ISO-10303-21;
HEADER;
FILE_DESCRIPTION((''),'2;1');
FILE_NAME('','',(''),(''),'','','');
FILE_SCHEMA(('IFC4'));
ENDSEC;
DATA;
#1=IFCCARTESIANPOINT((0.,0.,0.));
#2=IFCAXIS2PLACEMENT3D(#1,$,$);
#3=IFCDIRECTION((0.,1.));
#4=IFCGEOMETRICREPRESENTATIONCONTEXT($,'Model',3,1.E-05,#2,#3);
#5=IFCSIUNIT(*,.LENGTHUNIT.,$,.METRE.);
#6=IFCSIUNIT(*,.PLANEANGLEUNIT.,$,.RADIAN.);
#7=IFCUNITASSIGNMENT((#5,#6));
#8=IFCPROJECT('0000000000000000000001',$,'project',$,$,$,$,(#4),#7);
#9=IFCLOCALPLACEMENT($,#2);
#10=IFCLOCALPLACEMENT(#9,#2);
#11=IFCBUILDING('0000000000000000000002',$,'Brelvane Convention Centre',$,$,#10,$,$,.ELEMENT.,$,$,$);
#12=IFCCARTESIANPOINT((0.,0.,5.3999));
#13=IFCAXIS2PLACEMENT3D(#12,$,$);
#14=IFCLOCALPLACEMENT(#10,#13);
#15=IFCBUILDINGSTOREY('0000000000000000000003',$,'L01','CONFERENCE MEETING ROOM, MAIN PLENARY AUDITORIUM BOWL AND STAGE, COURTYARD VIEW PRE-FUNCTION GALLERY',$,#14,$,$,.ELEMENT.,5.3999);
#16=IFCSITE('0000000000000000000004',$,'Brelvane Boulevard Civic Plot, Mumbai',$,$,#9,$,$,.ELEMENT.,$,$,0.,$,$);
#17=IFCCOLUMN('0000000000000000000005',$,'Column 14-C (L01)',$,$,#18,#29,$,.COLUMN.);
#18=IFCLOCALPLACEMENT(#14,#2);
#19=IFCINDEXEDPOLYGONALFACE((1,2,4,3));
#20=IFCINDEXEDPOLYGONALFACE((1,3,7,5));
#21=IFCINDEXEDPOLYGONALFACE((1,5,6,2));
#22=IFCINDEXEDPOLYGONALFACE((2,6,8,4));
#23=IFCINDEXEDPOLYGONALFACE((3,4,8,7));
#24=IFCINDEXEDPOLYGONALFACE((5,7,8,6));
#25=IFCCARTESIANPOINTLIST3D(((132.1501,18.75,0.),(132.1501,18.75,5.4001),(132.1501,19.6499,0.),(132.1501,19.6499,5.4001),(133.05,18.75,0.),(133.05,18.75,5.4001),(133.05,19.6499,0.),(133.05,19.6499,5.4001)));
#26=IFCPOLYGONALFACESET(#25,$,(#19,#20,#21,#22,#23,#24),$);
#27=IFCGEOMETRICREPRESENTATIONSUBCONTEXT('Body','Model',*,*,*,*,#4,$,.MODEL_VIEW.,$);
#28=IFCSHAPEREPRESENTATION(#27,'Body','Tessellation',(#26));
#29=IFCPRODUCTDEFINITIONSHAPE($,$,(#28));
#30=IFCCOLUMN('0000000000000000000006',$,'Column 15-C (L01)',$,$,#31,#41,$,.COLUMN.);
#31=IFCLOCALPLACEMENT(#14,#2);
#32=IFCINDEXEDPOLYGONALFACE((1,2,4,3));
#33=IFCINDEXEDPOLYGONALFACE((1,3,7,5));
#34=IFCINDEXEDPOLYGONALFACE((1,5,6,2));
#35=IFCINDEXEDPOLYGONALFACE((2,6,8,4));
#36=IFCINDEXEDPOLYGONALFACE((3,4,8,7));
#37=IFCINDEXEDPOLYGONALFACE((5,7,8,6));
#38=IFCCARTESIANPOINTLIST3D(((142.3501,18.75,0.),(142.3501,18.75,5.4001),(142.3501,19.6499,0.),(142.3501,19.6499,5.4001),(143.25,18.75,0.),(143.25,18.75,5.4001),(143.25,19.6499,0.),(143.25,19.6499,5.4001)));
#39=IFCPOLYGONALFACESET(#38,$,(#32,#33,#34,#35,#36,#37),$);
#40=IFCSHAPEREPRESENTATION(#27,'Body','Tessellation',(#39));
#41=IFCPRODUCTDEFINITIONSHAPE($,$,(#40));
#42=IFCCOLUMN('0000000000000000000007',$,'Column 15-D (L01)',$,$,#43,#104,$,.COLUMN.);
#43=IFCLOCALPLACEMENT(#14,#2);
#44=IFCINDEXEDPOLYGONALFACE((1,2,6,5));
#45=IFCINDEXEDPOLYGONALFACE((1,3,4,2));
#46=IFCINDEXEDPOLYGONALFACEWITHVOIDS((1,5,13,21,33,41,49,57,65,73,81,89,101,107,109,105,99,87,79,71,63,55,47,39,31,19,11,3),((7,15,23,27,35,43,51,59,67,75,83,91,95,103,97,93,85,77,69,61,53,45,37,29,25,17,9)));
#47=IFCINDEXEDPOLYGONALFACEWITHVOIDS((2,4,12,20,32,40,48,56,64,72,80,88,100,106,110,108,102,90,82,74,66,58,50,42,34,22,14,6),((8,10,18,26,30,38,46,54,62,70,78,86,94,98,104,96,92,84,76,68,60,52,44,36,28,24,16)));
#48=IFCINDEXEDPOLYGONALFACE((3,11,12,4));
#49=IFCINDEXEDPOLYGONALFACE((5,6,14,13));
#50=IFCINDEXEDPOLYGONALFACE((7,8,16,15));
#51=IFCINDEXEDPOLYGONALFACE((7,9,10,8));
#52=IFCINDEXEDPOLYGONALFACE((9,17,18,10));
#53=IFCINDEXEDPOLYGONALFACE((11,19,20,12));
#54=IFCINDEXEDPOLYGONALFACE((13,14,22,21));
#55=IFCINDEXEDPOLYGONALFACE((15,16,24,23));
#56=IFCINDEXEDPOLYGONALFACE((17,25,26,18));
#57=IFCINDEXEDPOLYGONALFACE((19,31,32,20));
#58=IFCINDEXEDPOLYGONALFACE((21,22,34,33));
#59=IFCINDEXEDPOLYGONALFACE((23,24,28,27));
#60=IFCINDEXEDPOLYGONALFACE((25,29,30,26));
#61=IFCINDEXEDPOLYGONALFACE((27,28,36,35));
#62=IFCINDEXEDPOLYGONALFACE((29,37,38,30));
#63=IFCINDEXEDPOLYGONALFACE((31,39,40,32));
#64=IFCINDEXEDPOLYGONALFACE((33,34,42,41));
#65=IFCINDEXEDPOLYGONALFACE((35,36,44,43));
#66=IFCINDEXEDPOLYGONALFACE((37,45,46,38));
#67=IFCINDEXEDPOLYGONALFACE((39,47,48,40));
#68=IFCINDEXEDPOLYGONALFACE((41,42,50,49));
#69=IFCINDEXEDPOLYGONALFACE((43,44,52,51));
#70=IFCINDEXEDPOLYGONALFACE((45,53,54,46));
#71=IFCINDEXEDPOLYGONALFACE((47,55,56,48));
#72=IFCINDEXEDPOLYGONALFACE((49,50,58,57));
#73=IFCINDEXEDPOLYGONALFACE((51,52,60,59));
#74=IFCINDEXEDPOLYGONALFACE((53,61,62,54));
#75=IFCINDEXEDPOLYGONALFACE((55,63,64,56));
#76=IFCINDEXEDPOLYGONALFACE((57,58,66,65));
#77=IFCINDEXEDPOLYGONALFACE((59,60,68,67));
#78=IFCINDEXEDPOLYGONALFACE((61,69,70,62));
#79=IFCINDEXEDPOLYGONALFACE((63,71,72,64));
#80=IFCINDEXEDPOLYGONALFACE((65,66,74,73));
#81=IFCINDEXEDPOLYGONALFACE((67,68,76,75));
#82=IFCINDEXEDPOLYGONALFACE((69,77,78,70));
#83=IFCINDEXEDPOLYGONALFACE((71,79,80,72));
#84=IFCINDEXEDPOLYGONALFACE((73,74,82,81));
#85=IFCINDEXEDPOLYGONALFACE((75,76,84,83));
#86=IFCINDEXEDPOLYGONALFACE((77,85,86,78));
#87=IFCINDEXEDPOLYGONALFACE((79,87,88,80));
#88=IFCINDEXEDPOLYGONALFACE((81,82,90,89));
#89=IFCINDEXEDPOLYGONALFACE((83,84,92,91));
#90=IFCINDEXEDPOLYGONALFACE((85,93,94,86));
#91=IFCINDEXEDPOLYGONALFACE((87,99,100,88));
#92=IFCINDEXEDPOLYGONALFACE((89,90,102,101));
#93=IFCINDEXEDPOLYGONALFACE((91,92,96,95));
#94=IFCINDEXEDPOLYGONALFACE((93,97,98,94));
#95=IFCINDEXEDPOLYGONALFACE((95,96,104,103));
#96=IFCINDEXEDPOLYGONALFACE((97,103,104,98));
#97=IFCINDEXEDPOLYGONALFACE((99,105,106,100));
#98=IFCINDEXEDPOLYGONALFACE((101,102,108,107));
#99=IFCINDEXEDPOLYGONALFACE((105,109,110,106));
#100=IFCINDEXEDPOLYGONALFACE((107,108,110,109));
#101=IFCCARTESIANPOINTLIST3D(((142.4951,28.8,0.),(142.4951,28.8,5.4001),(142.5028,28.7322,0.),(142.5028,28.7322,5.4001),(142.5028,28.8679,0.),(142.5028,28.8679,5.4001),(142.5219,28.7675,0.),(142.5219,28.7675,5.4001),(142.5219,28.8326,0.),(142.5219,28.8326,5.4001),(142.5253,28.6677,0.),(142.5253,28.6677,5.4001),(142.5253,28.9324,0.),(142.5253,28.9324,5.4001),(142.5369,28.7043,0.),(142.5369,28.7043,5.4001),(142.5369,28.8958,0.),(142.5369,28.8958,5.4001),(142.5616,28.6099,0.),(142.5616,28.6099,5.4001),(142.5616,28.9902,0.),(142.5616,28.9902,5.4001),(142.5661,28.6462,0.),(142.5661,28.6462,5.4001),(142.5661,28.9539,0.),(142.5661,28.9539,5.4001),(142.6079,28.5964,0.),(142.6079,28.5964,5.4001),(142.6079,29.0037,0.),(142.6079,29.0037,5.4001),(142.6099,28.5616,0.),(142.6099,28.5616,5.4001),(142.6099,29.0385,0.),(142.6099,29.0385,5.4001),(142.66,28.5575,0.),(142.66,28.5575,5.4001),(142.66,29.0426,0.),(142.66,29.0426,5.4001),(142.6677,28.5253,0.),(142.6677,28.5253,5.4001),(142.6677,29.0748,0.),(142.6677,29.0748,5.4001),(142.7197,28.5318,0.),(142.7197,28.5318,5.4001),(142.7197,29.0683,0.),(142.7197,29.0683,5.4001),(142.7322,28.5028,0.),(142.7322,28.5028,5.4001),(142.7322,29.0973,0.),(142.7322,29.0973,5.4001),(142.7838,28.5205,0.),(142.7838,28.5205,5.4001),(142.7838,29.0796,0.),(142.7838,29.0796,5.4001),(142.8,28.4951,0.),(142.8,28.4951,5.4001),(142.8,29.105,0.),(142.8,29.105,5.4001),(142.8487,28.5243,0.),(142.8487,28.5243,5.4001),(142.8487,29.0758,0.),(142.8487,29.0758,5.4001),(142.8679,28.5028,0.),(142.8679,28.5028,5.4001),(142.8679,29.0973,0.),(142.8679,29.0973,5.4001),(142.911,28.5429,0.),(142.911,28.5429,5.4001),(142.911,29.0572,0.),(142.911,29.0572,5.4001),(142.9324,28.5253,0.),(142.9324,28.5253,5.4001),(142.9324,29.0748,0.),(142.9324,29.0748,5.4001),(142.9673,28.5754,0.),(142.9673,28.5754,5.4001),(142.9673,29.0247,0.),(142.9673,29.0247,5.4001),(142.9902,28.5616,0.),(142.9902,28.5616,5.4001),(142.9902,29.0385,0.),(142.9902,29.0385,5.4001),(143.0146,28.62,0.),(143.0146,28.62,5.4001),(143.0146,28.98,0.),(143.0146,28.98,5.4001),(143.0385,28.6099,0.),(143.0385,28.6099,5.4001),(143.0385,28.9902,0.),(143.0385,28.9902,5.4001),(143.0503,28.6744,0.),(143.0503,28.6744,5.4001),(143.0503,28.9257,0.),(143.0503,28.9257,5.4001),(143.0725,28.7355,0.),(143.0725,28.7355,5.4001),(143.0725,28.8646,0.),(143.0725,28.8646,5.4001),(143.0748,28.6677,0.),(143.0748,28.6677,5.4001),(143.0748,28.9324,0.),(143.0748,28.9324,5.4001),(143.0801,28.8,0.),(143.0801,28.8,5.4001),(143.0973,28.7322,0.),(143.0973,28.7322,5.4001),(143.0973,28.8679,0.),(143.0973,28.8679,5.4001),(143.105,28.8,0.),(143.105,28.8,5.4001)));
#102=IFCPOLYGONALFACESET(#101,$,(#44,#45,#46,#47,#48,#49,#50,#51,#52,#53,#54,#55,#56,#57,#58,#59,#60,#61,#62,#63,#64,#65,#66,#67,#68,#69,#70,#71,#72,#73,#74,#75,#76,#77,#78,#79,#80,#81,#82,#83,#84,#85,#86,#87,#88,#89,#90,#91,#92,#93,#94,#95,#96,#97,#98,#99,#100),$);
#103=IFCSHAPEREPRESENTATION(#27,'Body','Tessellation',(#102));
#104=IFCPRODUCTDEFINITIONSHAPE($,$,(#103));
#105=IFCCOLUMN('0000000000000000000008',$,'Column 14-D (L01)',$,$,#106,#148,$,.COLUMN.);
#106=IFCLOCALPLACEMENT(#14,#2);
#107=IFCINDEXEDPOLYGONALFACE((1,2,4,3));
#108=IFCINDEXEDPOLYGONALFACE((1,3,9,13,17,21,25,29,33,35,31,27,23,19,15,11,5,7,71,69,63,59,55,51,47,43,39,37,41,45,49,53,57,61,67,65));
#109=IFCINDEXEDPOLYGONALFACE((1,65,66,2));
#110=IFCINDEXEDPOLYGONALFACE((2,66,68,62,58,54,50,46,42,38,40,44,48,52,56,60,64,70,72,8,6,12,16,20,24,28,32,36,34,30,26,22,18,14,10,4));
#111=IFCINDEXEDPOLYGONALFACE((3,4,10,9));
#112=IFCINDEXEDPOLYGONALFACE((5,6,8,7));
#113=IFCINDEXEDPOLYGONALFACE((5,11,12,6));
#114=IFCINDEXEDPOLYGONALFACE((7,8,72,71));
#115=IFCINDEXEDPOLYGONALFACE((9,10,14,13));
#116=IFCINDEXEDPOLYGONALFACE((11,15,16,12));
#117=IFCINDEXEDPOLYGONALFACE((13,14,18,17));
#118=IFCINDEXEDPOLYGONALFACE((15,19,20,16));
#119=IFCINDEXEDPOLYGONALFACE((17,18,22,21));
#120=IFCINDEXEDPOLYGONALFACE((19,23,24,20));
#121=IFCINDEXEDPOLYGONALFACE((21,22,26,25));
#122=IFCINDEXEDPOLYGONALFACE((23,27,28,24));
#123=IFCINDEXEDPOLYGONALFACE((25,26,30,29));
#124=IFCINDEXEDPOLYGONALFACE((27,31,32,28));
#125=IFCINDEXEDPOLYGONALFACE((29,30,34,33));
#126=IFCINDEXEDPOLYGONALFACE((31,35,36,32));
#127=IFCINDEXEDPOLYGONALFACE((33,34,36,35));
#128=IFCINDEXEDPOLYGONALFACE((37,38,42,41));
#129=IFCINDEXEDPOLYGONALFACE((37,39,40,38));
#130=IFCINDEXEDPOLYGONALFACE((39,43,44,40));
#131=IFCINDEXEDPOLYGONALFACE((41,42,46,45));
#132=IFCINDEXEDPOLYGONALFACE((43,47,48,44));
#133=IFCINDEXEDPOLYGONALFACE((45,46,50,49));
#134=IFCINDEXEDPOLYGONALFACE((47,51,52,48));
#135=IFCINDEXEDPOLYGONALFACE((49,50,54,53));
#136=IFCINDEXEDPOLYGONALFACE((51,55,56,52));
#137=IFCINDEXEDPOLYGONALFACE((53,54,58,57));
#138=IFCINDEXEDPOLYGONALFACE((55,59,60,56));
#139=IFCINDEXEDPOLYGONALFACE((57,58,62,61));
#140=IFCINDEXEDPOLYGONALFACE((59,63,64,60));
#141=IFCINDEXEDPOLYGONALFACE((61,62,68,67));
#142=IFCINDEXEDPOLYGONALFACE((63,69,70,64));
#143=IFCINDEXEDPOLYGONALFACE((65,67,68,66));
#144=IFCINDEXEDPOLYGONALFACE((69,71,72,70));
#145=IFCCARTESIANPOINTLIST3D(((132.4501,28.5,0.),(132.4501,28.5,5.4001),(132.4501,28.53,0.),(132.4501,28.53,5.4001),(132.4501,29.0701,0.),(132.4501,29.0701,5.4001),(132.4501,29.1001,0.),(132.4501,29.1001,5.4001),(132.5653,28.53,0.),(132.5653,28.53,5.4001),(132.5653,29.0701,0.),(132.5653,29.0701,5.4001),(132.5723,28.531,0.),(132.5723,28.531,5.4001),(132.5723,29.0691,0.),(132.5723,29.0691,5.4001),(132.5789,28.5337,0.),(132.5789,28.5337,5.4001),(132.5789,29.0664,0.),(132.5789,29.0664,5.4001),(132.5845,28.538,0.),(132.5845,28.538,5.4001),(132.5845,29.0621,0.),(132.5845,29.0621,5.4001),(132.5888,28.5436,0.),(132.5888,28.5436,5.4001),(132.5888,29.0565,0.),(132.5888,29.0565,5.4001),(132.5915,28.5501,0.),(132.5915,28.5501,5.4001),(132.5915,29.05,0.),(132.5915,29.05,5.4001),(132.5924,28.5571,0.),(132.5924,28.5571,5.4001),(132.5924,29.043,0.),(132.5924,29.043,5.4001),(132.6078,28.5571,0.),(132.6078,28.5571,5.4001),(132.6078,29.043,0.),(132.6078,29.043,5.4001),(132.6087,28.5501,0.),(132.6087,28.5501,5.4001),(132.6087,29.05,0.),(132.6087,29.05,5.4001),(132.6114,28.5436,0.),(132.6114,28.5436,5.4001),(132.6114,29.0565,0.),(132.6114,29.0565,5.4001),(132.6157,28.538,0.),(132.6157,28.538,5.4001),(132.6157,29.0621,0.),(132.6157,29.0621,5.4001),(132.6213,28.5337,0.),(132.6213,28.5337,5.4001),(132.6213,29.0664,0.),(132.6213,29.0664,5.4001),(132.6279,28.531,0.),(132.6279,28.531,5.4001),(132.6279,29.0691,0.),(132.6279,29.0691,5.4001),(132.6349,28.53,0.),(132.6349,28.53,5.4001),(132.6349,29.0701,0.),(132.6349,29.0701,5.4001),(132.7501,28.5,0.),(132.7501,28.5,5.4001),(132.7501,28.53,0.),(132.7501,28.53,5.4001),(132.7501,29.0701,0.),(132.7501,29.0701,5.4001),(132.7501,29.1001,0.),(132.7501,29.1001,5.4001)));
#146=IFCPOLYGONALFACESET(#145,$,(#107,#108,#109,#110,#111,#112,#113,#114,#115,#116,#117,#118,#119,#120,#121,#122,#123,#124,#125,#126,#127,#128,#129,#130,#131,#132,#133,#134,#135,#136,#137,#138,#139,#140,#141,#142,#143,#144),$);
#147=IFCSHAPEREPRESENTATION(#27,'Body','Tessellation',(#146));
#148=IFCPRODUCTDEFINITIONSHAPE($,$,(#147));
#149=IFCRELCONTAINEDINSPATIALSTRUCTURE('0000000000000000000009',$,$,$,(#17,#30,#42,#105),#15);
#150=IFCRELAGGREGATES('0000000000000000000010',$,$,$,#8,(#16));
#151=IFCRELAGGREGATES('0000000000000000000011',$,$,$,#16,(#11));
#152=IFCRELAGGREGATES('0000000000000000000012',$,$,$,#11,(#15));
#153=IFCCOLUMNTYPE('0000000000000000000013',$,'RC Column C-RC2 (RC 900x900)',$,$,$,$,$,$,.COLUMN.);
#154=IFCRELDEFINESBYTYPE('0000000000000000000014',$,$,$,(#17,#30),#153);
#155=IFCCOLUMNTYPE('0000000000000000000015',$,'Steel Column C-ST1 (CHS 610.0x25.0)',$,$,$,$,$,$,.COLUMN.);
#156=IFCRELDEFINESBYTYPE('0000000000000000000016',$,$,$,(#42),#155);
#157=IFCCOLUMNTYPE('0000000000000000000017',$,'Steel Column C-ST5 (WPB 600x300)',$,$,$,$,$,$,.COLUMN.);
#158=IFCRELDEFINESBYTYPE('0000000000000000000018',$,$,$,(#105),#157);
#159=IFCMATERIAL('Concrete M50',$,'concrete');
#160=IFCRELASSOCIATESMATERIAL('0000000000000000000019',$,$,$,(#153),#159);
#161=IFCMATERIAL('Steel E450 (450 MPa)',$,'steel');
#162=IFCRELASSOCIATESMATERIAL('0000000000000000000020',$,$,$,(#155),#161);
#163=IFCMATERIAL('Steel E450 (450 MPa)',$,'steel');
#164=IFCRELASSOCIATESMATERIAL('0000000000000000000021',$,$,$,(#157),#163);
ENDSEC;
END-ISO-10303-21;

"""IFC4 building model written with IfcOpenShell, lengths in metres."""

from ifc_helpers import new_model, si_unit, direction, frame, origin, origin_2d, place, context, subcontext, project, spatial, rectangle, hollow_circle, i_section, extrude, material, material_profile, profile_set, type_object, element, save


model = new_model("IFC4")

# Units and contexts
model_context = context("Model", 3, precision=1e-05, world=origin(), true_north=direction((0.0, 1.0)))
body_context = subcontext(model_context, "Body", "Model", "MODEL_VIEW")
ifc_project = project(units=[si_unit("LENGTHUNIT", "METRE"), si_unit("PLANEANGLEUNIT", "RADIAN")], contexts=[model_context])

# Site, building, storey
site_placement = place(None, origin())
site = spatial("IfcSite", under=ifc_project, at=site_placement, Name="Brelvane Boulevard Civic Plot, Mumbai", CompositionType="ELEMENT", RefElevation=0.0)
building_placement = place(site_placement, origin())
building = spatial("IfcBuilding", under=site, at=building_placement, Name="Brelvane Convention Centre", CompositionType="ELEMENT")
storey_placement = place(building_placement, frame((0.0, 0.0, 5.3999)))
storey = spatial("IfcBuildingStorey", under=building, at=storey_placement, Name="L01", Description="CONFERENCE MEETING ROOM, MAIN PLENARY AUDITORIUM BOWL AND STAGE, COURTYARD VIEW PRE-FUNCTION GALLERY", CompositionType="ELEMENT", Elevation=5.3999)

# Columns
ifc_material_1 = material(Name="Concrete M50", Category="concrete")
ifc_material_profile_1 = material_profile(ifc_material_1, rectangle(XDim=0.8999, YDim=0.8999, at=origin_2d()), Name="RC 900x900")
ifc_profile_set_1 = profile_set([ifc_material_profile_1], Name="Concrete M50")
column_type_1 = type_object("IfcColumnType", Name="RC Column C-RC2 (RC 900x900)", PredefinedType="COLUMN", material=ifc_profile_set_1)
for number, where, z_axis, x_axis, name in (
    (1, (132.6001, 19.2, 0.0), (0.0, 0.0, 1.0), (1.0, 0.0, 0.0), "Column 14-C (L01)"),
    (2, (142.8, 19.2, 0.0), (0.0, 0.0, 1.0), (1.0, 0.0, 0.0), "Column 15-C (L01)"),
):
    element("IfcColumn", number, at=place(storey_placement, frame(where, z_axis=z_axis, x_axis=x_axis)), inside=storey, type_object=column_type_1, Name=name, PredefinedType="COLUMN", context=body_context, shape_type="SweptSolid", body=[
        extrude(rectangle(XDim=0.8999, YDim=0.8999, at=origin_2d()), origin(), (0.0, 0.0, 1.0), 5.4001),
    ])
ifc_material_2 = material(Name="Steel E450 (450 MPa)", Category="steel")
ifc_material_profile_2 = material_profile(ifc_material_2, hollow_circle(Radius=0.3049, WallThickness=0.0249, at=origin_2d()), Name="CHS 610.0x25.0")
ifc_profile_set_2 = profile_set([ifc_material_profile_2], Name="Steel E450 (450 MPa)")
column_type_2 = type_object("IfcColumnType", Name="Steel Column C-ST1 (CHS 610.0x25.0)", PredefinedType="COLUMN", material=ifc_profile_set_2)
column_1_placement = place(storey_placement, frame((142.8, 28.8, 0.0), z_axis=(0.0, 0.0, 1.0), x_axis=(1.0, 0.0, 0.0)))
element("IfcColumn", 3, at=column_1_placement, inside=storey, type_object=column_type_2, Name="Column 15-D (L01)", PredefinedType="COLUMN", context=body_context, shape_type="SweptSolid", body=[
    extrude(hollow_circle(Radius=0.3049, WallThickness=0.0249, at=origin_2d()), origin(), (0.0, 0.0, 1.0), 5.4001),
])
ifc_material_3 = material(Name="Steel E450 (450 MPa)", Category="steel")
ifc_material_profile_3 = material_profile(ifc_material_3, i_section(OverallWidth=0.3, OverallDepth=0.6001, WebThickness=0.0154, FlangeThickness=0.03, FilletRadius=0.0271, at=origin_2d()), Name="WPB 600x300")
ifc_profile_set_3 = profile_set([ifc_material_profile_3], Name="Steel E450 (450 MPa)")
column_type_3 = type_object("IfcColumnType", Name="Steel Column C-ST5 (WPB 600x300)", PredefinedType="COLUMN", material=ifc_profile_set_3)
column_2_placement = place(storey_placement, frame((132.6001, 28.8, 0.0), z_axis=(0.0, 0.0, 1.0), x_axis=(1.0, 0.0, 0.0)))
element("IfcColumn", 4, at=column_2_placement, inside=storey, type_object=column_type_3, Name="Column 14-D (L01)", PredefinedType="COLUMN", context=body_context, shape_type="SweptSolid", body=[
    extrude(i_section(OverallWidth=0.3, OverallDepth=0.6001, WebThickness=0.0154, FlangeThickness=0.03, FilletRadius=0.0271, at=origin_2d()), origin(), (0.0, 0.0, 1.0), 5.4001),
])

save(model, "model.ifc")
